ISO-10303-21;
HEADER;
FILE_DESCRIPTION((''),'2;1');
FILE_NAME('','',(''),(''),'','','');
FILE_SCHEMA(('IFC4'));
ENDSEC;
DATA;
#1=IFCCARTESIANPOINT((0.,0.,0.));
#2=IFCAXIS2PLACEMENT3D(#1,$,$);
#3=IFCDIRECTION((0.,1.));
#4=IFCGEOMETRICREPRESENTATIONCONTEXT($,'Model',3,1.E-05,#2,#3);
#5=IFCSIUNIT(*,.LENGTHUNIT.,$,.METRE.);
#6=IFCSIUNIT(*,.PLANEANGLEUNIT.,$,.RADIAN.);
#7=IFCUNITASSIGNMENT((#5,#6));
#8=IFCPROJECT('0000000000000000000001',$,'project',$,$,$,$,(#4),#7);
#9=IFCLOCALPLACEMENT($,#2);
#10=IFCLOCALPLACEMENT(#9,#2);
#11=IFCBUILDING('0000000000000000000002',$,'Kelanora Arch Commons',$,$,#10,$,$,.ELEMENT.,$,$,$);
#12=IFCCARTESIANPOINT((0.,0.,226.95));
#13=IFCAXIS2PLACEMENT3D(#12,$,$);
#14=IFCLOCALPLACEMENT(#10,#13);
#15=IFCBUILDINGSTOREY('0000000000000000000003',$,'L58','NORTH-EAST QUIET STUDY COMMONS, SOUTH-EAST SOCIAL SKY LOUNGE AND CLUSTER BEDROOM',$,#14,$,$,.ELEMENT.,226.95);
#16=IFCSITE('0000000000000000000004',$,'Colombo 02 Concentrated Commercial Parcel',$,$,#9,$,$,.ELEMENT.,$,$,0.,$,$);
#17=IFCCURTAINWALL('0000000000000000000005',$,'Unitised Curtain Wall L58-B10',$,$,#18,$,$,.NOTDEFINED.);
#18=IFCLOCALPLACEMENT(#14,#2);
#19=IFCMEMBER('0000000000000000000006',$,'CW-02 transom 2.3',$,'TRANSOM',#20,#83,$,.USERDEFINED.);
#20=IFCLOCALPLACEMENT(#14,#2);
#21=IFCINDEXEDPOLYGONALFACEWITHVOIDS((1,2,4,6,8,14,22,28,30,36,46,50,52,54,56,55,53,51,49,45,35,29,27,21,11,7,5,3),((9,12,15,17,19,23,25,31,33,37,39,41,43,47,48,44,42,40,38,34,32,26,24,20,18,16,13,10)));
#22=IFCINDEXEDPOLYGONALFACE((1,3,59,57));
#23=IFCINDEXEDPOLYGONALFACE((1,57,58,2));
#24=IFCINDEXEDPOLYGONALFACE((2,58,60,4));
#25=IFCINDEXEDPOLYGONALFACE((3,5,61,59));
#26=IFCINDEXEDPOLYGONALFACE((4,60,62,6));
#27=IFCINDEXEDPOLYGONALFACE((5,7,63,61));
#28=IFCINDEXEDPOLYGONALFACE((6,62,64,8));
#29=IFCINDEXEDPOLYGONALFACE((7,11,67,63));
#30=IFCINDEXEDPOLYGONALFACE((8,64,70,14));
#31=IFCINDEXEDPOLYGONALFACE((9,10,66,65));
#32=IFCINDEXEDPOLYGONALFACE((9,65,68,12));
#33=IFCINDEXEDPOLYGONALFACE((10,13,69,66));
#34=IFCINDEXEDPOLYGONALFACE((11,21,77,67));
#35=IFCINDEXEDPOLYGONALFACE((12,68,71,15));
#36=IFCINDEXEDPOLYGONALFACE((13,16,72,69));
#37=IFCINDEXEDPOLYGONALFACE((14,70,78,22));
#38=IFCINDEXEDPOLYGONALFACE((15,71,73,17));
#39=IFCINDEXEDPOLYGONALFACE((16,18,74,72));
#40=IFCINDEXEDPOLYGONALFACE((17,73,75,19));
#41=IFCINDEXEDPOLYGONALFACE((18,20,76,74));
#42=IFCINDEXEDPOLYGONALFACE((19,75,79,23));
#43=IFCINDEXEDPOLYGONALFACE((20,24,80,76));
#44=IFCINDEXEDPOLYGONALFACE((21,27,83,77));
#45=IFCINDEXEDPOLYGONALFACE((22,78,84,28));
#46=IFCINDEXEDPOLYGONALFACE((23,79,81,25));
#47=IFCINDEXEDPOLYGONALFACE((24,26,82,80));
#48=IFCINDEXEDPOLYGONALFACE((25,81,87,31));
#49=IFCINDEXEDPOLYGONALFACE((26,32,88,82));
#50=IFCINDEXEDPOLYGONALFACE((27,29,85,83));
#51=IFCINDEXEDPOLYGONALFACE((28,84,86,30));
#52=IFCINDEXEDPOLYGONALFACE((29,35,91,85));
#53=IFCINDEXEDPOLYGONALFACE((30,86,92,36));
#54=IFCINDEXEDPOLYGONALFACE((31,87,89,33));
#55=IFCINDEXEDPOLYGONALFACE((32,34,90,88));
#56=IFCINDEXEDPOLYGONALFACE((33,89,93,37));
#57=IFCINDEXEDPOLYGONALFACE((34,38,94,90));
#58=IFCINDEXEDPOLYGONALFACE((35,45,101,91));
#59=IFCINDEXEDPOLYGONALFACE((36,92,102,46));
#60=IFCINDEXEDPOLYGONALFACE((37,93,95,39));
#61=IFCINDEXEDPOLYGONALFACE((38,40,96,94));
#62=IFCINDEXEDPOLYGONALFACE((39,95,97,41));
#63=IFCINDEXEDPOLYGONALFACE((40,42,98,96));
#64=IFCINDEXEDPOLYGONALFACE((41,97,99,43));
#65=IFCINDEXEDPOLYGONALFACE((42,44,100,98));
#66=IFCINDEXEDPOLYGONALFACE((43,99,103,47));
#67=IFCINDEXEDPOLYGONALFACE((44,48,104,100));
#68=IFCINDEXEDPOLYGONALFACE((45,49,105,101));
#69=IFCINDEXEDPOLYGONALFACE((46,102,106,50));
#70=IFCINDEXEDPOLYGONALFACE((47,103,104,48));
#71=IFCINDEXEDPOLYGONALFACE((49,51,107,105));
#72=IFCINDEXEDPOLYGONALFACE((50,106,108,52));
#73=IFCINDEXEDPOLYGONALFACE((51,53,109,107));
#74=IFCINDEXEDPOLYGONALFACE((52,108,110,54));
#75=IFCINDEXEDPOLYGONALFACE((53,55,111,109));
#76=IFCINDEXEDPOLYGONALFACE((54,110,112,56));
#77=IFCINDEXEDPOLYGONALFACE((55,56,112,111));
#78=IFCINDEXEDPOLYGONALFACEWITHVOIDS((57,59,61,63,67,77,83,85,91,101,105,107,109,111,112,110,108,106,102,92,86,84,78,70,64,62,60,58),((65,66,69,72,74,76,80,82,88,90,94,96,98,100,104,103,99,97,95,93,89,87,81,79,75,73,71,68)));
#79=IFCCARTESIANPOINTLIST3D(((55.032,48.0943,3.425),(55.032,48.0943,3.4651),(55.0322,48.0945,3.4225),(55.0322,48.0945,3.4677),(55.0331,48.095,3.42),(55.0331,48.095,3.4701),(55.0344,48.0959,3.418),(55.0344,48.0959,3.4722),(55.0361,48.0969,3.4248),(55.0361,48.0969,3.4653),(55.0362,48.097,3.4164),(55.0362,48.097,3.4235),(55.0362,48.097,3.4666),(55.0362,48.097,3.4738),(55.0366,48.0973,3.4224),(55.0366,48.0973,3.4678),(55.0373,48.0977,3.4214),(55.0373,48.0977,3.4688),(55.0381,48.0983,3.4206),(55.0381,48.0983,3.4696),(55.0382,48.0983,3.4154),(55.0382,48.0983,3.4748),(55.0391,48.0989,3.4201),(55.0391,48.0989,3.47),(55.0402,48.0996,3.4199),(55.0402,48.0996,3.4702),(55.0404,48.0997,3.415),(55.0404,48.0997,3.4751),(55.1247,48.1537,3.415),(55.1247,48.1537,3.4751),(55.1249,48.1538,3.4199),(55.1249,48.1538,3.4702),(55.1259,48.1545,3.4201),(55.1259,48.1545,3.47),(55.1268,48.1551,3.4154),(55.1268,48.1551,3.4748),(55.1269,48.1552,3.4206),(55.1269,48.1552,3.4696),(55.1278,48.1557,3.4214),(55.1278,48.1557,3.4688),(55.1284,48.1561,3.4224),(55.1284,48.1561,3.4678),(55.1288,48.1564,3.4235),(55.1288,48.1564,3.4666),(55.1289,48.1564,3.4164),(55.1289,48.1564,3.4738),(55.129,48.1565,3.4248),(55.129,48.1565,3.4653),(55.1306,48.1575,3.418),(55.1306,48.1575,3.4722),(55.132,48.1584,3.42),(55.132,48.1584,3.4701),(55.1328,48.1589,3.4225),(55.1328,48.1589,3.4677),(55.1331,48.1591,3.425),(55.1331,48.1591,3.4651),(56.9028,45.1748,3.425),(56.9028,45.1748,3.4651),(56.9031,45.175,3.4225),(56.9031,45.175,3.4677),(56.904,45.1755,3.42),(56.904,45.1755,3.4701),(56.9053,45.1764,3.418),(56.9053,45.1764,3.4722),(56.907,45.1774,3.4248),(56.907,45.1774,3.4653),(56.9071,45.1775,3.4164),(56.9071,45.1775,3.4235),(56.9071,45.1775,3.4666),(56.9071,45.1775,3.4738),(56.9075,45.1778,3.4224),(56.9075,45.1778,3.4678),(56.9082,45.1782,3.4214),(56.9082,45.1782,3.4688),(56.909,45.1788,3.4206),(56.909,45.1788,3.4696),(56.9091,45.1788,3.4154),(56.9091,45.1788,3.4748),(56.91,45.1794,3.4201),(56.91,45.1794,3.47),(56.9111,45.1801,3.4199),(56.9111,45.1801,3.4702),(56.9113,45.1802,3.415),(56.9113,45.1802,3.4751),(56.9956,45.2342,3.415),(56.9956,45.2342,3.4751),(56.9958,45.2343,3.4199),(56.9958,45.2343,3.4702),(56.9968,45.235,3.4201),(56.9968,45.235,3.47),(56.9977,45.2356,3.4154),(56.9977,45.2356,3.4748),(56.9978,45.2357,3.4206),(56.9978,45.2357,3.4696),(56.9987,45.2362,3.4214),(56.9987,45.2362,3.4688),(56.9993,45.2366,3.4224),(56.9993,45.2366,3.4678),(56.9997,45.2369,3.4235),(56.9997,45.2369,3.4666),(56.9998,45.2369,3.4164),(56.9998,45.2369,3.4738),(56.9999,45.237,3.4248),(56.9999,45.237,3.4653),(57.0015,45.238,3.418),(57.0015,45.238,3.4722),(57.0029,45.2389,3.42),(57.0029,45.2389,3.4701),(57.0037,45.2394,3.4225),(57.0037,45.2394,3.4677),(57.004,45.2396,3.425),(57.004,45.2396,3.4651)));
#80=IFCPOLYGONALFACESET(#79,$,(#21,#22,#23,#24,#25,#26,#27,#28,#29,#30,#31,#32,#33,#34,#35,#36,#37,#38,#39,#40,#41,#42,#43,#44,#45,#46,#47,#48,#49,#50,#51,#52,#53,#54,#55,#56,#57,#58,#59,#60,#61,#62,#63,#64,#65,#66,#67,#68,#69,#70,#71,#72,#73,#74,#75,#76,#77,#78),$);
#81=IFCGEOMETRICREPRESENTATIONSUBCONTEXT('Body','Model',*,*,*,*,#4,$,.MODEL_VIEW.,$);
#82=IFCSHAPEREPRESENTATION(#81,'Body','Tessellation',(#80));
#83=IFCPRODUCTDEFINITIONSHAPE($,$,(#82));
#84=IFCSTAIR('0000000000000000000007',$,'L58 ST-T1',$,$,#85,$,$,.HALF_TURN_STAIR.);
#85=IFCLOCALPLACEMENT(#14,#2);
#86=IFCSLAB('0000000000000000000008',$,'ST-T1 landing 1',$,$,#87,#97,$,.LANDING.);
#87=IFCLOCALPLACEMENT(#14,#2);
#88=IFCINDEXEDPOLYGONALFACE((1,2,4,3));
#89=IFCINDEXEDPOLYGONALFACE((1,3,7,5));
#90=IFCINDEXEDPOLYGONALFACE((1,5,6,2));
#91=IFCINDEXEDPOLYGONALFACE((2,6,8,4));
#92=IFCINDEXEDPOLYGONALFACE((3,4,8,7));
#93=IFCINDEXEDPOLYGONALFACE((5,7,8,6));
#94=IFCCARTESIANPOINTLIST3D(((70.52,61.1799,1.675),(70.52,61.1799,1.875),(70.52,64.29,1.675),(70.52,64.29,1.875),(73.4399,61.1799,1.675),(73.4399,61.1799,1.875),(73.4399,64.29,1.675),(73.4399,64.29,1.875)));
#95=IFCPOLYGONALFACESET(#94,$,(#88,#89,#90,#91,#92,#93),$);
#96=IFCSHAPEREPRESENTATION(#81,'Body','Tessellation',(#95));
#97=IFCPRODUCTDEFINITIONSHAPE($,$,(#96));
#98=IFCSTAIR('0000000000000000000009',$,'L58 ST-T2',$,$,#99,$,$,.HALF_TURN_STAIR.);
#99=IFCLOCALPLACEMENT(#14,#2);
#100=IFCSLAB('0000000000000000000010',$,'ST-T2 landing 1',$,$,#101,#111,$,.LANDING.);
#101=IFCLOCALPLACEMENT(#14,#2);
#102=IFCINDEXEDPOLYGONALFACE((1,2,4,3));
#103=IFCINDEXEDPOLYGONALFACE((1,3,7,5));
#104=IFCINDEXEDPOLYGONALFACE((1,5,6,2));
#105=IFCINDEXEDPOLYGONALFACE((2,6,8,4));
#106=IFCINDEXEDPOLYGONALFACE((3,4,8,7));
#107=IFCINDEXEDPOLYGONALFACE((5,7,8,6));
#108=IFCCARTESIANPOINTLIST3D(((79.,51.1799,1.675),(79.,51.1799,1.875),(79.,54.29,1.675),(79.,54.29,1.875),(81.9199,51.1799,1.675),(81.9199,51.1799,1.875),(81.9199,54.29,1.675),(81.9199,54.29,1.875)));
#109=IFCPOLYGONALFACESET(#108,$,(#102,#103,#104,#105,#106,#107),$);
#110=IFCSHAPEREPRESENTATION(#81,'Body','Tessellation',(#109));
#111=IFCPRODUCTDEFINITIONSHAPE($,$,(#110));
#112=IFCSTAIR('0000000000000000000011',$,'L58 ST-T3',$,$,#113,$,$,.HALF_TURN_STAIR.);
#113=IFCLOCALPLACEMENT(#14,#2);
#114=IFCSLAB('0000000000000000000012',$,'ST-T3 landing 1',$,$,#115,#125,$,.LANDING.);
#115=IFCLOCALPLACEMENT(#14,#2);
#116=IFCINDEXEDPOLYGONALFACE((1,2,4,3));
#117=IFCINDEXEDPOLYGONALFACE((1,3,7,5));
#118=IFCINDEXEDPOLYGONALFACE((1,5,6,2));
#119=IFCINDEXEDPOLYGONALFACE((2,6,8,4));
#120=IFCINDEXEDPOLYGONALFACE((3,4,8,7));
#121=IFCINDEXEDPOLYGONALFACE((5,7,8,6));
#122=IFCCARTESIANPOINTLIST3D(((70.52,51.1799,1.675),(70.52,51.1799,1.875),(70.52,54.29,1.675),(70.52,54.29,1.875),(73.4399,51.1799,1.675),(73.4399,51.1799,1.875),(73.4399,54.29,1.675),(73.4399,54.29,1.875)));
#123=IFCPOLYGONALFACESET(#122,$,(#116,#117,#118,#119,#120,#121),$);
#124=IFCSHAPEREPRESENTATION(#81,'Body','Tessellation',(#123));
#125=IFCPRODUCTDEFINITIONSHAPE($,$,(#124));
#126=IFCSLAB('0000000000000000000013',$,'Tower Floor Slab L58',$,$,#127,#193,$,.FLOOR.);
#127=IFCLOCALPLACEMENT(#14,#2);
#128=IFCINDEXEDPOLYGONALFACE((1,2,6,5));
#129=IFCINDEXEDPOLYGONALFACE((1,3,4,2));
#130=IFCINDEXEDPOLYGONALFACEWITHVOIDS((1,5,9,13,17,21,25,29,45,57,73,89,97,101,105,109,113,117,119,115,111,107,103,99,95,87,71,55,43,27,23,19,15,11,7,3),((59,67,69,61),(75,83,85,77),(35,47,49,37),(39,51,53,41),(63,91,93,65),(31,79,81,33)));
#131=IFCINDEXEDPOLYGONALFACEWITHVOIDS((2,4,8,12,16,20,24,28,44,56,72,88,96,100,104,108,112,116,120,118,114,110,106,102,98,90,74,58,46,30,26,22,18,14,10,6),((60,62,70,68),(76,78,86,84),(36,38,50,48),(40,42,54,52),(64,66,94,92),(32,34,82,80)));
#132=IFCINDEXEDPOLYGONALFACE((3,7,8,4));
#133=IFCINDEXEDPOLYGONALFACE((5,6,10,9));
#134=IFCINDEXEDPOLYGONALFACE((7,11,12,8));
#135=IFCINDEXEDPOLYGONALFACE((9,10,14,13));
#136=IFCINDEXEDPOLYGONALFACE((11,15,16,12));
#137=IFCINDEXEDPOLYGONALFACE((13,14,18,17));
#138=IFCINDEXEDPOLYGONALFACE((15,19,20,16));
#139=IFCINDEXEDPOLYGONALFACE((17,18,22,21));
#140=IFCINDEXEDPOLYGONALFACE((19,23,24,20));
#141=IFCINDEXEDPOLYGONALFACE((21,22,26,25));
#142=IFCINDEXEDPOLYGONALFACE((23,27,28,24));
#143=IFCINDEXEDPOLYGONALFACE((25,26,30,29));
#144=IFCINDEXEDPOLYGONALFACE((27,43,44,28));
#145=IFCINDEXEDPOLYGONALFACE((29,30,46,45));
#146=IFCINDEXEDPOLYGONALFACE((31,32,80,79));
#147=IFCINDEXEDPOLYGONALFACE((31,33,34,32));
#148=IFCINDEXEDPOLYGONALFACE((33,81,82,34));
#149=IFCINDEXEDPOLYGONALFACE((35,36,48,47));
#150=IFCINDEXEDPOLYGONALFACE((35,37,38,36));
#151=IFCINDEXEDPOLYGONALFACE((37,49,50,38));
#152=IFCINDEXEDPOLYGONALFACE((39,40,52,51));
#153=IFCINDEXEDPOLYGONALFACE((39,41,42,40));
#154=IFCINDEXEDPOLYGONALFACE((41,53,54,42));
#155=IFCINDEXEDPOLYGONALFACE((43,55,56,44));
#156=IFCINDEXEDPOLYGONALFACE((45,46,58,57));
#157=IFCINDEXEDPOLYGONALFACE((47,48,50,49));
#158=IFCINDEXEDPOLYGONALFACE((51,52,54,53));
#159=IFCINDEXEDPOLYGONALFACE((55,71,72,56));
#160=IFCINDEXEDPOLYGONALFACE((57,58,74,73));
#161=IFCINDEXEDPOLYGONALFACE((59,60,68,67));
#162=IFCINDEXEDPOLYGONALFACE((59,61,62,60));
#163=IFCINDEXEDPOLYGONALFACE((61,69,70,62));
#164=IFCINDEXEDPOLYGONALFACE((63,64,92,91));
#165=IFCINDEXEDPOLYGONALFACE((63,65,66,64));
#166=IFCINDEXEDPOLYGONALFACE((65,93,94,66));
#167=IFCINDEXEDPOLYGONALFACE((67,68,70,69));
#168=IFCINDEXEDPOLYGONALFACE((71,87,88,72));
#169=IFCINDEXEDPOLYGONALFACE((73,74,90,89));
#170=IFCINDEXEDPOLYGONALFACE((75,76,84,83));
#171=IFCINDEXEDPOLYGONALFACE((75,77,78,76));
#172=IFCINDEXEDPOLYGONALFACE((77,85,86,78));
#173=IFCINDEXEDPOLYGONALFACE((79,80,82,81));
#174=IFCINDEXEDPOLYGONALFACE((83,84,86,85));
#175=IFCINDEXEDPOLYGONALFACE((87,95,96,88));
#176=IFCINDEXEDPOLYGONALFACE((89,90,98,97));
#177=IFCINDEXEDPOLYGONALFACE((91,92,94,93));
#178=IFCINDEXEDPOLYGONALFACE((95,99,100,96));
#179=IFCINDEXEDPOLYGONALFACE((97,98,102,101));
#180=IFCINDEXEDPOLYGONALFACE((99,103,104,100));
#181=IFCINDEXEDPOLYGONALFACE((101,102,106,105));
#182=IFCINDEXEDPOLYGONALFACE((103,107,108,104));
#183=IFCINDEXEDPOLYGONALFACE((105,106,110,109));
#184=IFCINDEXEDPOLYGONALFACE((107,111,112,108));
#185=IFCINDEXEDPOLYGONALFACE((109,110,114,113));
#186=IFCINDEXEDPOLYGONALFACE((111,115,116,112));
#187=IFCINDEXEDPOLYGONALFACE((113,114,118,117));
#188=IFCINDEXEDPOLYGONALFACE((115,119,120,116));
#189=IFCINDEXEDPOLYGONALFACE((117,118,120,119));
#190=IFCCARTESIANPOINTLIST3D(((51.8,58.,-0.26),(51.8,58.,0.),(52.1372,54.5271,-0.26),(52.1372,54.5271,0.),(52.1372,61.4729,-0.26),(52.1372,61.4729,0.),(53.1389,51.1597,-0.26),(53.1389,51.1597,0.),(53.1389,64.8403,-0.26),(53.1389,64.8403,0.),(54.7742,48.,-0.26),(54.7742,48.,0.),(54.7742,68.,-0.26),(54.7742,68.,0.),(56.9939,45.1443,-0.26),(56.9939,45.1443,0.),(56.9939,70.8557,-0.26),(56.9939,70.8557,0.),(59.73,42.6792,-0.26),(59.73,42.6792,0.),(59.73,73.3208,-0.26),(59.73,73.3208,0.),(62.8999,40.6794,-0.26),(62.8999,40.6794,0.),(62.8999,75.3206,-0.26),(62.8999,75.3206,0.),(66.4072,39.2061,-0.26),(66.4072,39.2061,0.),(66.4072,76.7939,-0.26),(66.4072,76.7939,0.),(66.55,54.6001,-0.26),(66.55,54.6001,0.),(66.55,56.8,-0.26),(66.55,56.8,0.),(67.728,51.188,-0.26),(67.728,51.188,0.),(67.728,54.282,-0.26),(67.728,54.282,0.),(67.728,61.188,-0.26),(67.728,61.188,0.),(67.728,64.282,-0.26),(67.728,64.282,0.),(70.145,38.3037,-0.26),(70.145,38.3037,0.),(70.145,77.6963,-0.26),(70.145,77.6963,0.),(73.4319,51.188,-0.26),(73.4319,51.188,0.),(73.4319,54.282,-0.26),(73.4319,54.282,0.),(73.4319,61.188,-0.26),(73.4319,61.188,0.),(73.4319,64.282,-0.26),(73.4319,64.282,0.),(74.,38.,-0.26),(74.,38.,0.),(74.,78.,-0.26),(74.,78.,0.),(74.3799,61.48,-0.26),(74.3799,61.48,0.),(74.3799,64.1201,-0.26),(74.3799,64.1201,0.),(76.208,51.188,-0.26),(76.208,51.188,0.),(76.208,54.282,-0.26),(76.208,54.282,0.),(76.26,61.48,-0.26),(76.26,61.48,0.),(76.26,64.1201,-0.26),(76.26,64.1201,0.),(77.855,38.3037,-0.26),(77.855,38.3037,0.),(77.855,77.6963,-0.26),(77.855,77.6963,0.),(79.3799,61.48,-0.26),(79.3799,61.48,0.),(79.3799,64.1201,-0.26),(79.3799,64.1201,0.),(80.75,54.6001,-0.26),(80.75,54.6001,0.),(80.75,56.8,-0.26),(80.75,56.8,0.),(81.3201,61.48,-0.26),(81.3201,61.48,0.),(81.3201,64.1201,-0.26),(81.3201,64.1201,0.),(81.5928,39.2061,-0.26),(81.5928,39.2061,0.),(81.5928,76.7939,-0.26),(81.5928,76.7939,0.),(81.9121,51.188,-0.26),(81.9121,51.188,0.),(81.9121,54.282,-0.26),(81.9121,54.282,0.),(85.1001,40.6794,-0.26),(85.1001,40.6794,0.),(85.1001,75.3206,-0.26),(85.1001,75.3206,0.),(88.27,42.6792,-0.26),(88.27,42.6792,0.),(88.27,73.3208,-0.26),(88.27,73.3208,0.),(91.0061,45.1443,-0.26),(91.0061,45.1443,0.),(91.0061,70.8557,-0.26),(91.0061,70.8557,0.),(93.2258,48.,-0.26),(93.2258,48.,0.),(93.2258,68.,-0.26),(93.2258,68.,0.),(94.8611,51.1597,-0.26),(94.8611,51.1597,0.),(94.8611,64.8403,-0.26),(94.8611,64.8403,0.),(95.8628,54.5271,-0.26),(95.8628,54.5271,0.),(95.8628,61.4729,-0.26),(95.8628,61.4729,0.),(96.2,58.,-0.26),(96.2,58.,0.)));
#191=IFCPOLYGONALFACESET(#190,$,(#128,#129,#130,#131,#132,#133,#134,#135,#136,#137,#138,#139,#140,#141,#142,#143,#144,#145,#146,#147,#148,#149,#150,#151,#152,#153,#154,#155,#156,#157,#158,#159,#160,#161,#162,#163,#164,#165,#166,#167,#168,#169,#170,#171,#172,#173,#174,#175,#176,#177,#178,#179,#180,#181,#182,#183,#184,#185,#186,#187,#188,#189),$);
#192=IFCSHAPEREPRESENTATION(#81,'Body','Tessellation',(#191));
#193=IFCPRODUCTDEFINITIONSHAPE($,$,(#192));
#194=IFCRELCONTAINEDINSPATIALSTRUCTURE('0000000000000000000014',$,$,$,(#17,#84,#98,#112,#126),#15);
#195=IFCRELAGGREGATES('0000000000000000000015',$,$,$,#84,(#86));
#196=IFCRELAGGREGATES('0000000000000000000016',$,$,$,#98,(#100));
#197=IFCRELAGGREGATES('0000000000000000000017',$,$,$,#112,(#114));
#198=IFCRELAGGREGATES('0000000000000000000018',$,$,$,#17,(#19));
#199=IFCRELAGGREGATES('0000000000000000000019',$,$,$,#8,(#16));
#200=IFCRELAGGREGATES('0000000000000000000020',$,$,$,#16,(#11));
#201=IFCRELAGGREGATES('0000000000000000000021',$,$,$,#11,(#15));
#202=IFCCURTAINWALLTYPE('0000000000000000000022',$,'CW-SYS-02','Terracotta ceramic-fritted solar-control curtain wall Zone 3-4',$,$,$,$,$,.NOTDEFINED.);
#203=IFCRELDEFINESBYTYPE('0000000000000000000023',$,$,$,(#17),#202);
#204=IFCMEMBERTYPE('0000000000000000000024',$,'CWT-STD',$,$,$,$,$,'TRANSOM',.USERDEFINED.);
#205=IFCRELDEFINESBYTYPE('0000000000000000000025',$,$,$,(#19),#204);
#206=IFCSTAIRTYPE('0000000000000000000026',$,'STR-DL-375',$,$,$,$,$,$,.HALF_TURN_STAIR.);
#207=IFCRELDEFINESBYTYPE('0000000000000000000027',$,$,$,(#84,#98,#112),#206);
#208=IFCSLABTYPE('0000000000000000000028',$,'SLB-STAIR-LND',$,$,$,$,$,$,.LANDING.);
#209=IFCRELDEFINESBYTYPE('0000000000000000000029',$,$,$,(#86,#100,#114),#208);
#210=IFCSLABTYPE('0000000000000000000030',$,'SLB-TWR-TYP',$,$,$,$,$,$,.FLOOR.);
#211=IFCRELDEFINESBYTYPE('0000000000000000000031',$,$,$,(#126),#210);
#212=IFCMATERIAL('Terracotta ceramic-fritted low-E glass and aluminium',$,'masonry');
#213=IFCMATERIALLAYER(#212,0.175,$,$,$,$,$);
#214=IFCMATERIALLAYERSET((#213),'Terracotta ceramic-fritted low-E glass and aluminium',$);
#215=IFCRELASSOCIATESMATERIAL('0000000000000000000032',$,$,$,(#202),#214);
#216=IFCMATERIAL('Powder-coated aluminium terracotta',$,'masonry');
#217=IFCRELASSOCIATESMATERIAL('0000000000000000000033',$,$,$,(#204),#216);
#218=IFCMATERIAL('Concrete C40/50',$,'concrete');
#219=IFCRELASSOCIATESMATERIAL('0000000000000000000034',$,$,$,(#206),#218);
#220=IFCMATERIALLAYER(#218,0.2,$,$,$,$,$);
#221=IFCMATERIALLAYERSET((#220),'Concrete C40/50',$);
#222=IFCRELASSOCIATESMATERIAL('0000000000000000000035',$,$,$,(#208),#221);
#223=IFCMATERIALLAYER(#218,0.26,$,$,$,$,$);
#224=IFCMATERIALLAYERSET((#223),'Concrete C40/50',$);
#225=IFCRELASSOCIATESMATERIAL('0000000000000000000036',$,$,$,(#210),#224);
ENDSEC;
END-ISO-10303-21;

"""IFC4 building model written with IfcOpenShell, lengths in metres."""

from ifc_helpers import new_model, si_unit, direction, frame, origin, origin_2d, place, context, subcontext, project, spatial, polyline, hollow_rectangle, outline, extrude, material, layer, layer_set, material_profile, profile_set, type_object, element, aggregate, save


model = new_model("IFC4")

# Units and contexts
model_context = context("Model", 3, precision=1e-05, world=origin(), true_north=direction((0.0, 1.0)))
body_context = subcontext(model_context, "Body", "Model", "MODEL_VIEW")
ifc_project = project(units=[si_unit("LENGTHUNIT", "METRE"), si_unit("PLANEANGLEUNIT", "RADIAN")], contexts=[model_context])

# Site, building, storey
site_placement = place(None, origin())
site = spatial("IfcSite", under=ifc_project, at=site_placement, Name="Colombo 02 Concentrated Commercial Parcel", CompositionType="ELEMENT", RefElevation=0.0)
building_placement = place(site_placement, origin())
building = spatial("IfcBuilding", under=site, at=building_placement, Name="Kelanora Arch Commons", CompositionType="ELEMENT")
storey_placement = place(building_placement, frame((0.0, 0.0, 226.95)))
storey = spatial("IfcBuildingStorey", under=building, at=storey_placement, Name="L58", Description="NORTH-EAST QUIET STUDY COMMONS, SOUTH-EAST SOCIAL SKY LOUNGE AND CLUSTER BEDROOM", CompositionType="ELEMENT", Elevation=226.95)

# Curtain wall, member
ifc_material_1 = material(Name="Terracotta ceramic-fritted low-E glass and aluminium", Category="masonry")
ifc_layer_1 = layer(ifc_material_1, 0.175)
ifc_layer_set_1 = layer_set([ifc_layer_1], Name="Terracotta ceramic-fritted low-E glass and aluminium")
curtain_wall_type = type_object("IfcCurtainWallType", Name="CW-SYS-02", Description="Terracotta ceramic-fritted solar-control curtain wall Zone 3-4", PredefinedType="NOTDEFINED", material=ifc_layer_set_1)
curtain_wall_placement = place(storey_placement, origin())
curtain_wall = element("IfcCurtainWall", 1, at=curtain_wall_placement, inside=storey, type_object=curtain_wall_type, Name="Unitised Curtain Wall L58-B10", PredefinedType="NOTDEFINED")
ifc_material_2 = material(Name="Powder-coated aluminium terracotta", Category="masonry")
ifc_material_profile_1 = material_profile(ifc_material_2, hollow_rectangle(XDim=0.1201, YDim=0.0601, WallThickness=0.0049, InnerFilletRadius=0.0049, OuterFilletRadius=0.01, at=origin_2d()), Name="CWT120x60")
ifc_profile_set_1 = profile_set([ifc_material_profile_1], Name="Powder-coated aluminium terracotta")
member_type_1 = type_object("IfcMemberType", Name="CWT-STD", ElementType="TRANSOM", PredefinedType="USERDEFINED", material=ifc_profile_set_1)
member_1_placement = place(storey_placement, frame((55.0825, 48.1267, 3.4451), z_axis=(0.539547, -0.841955, 0.0), x_axis=(0.841955, 0.539547, 0.0)))
member_1 = element("IfcMember", 2, at=member_1_placement, type_object=member_type_1, Name="CW-02 transom 2.3", ObjectType="TRANSOM", PredefinedType="USERDEFINED", context=body_context, shape_type="SweptSolid", body=[
    extrude(hollow_rectangle(XDim=0.1201, YDim=0.0601, WallThickness=0.0049, InnerFilletRadius=0.0049, OuterFilletRadius=0.01, at=origin_2d()), origin(), (0.0, 0.0, 1.0), 3.4675),
])

# Stairs, slabs
ifc_material_3 = material(Name="Concrete C40/50", Category="concrete")
stair_type = type_object("IfcStairType", Name="STR-DL-375", PredefinedType="HALF_TURN_STAIR", material=ifc_material_3)
stair_1_placement = place(storey_placement, origin())
stair_1 = element("IfcStair", 3, at=stair_1_placement, inside=storey, type_object=stair_type, Name="L58 ST-T1", PredefinedType="HALF_TURN_STAIR")
ifc_layer_2 = layer(ifc_material_3, 0.2)
ifc_layer_set_2 = layer_set([ifc_layer_2], Name="Concrete C40/50")
slab_type_1 = type_object("IfcSlabType", Name="SLB-STAIR-LND", PredefinedType="LANDING", material=ifc_layer_set_2)
slab_1_placement = place(storey_placement, frame((0.0, 0.0, 1.675)))
slab_1 = element("IfcSlab", 4, at=slab_1_placement, type_object=slab_type_1, Name="ST-T1 landing 1", PredefinedType="LANDING", context=body_context, shape_type="SweptSolid", body=[
    extrude(outline(polyline([(70.52, 61.1799), (73.4399, 61.1799), (73.4399, 64.29), (70.52, 64.29), (70.52, 61.1799)])), origin(), (0.0, 0.0, 1.0), 0.2),
])
aggregate(stair_1, [slab_1])
stair_2_placement = place(storey_placement, origin())
stair_2 = element("IfcStair", 5, at=stair_2_placement, inside=storey, type_object=stair_type, Name="L58 ST-T2", PredefinedType="HALF_TURN_STAIR")
slab_2_placement = place(storey_placement, frame((0.0, 0.0, 1.675)))
slab_2 = element("IfcSlab", 6, at=slab_2_placement, type_object=slab_type_1, Name="ST-T2 landing 1", PredefinedType="LANDING", context=body_context, shape_type="SweptSolid", body=[
    extrude(outline(polyline([(79.0, 51.1799), (81.9199, 51.1799), (81.9199, 54.29), (79.0, 54.29), (79.0, 51.1799)])), origin(), (0.0, 0.0, 1.0), 0.2),
])
aggregate(stair_2, [slab_2])
stair_3_placement = place(storey_placement, origin())
stair_3 = element("IfcStair", 7, at=stair_3_placement, inside=storey, type_object=stair_type, Name="L58 ST-T3", PredefinedType="HALF_TURN_STAIR")
slab_3_placement = place(storey_placement, frame((0.0, 0.0, 1.675)))
slab_3 = element("IfcSlab", 8, at=slab_3_placement, type_object=slab_type_1, Name="ST-T3 landing 1", PredefinedType="LANDING", context=body_context, shape_type="SweptSolid", body=[
    extrude(outline(polyline([(70.52, 51.1799), (73.4399, 51.1799), (73.4399, 54.29), (70.52, 54.29), (70.52, 51.1799)])), origin(), (0.0, 0.0, 1.0), 0.2),
])
aggregate(stair_3, [slab_3])

# Slab
ifc_layer_3 = layer(ifc_material_3, 0.26)
ifc_layer_set_3 = layer_set([ifc_layer_3], Name="Concrete C40/50")
slab_type_2 = type_object("IfcSlabType", Name="SLB-TWR-TYP", PredefinedType="FLOOR", material=ifc_layer_set_3)
slab_4_placement = place(storey_placement, frame((0.0, 0.0, -0.26)))
element("IfcSlab", 9, at=slab_4_placement, inside=storey, type_object=slab_type_2, Name="Tower Floor Slab L58", PredefinedType="FLOOR", context=body_context, shape_type="SweptSolid", body=[
    extrude(outline(polyline([(96.2, 58.0), (95.8628, 61.4729), (94.8611, 64.8403), (93.2258, 68.0), (91.0061, 70.8557), (88.27, 73.3208), (85.1001, 75.3206), (81.5928, 76.7939), (77.855, 77.6963), (74.0, 78.0), (70.145, 77.6963), (66.4072, 76.7939), (62.8999, 75.3206), (59.73, 73.3208), (56.9939, 70.8557), (54.7742, 68.0), (53.1389, 64.8403), (52.1372, 61.4729), (51.8, 58.0), (52.1372, 54.5271), (53.1389, 51.1597), (54.7742, 48.0), (56.9939, 45.1443), (59.73, 42.6792), (62.8999, 40.6794), (66.4072, 39.2061), (70.145, 38.3037), (74.0, 38.0), (77.855, 38.3037), (81.5928, 39.2061), (85.1001, 40.6794), (88.27, 42.6792), (91.0061, 45.1443), (93.2258, 48.0), (94.8611, 51.1597), (95.8628, 54.5271), (96.2, 58.0)]), holes=[polyline([(73.4319, 51.188), (67.728, 51.188), (67.728, 54.282), (73.4319, 54.282), (73.4319, 51.188)]), polyline([(76.208, 51.188), (76.208, 54.282), (81.9121, 54.282), (81.9121, 51.188), (76.208, 51.188)]), polyline([(66.55, 54.6001), (66.55, 56.8), (80.75, 56.8), (80.75, 54.6001), (66.55, 54.6001)]), polyline([(73.4319, 61.188), (67.728, 61.188), (67.728, 64.282), (73.4319, 64.282), (73.4319, 61.188)]), polyline([(74.3799, 61.48), (74.3799, 64.1201), (76.26, 64.1201), (76.26, 61.48), (74.3799, 61.48)]), polyline([(79.3799, 61.48), (79.3799, 64.1201), (81.3201, 64.1201), (81.3201, 61.48), (79.3799, 61.48)])]), origin(), (0.0, 0.0, 1.0), 0.26),
])

aggregate(curtain_wall, [member_1])

save(model, "model.ifc")
